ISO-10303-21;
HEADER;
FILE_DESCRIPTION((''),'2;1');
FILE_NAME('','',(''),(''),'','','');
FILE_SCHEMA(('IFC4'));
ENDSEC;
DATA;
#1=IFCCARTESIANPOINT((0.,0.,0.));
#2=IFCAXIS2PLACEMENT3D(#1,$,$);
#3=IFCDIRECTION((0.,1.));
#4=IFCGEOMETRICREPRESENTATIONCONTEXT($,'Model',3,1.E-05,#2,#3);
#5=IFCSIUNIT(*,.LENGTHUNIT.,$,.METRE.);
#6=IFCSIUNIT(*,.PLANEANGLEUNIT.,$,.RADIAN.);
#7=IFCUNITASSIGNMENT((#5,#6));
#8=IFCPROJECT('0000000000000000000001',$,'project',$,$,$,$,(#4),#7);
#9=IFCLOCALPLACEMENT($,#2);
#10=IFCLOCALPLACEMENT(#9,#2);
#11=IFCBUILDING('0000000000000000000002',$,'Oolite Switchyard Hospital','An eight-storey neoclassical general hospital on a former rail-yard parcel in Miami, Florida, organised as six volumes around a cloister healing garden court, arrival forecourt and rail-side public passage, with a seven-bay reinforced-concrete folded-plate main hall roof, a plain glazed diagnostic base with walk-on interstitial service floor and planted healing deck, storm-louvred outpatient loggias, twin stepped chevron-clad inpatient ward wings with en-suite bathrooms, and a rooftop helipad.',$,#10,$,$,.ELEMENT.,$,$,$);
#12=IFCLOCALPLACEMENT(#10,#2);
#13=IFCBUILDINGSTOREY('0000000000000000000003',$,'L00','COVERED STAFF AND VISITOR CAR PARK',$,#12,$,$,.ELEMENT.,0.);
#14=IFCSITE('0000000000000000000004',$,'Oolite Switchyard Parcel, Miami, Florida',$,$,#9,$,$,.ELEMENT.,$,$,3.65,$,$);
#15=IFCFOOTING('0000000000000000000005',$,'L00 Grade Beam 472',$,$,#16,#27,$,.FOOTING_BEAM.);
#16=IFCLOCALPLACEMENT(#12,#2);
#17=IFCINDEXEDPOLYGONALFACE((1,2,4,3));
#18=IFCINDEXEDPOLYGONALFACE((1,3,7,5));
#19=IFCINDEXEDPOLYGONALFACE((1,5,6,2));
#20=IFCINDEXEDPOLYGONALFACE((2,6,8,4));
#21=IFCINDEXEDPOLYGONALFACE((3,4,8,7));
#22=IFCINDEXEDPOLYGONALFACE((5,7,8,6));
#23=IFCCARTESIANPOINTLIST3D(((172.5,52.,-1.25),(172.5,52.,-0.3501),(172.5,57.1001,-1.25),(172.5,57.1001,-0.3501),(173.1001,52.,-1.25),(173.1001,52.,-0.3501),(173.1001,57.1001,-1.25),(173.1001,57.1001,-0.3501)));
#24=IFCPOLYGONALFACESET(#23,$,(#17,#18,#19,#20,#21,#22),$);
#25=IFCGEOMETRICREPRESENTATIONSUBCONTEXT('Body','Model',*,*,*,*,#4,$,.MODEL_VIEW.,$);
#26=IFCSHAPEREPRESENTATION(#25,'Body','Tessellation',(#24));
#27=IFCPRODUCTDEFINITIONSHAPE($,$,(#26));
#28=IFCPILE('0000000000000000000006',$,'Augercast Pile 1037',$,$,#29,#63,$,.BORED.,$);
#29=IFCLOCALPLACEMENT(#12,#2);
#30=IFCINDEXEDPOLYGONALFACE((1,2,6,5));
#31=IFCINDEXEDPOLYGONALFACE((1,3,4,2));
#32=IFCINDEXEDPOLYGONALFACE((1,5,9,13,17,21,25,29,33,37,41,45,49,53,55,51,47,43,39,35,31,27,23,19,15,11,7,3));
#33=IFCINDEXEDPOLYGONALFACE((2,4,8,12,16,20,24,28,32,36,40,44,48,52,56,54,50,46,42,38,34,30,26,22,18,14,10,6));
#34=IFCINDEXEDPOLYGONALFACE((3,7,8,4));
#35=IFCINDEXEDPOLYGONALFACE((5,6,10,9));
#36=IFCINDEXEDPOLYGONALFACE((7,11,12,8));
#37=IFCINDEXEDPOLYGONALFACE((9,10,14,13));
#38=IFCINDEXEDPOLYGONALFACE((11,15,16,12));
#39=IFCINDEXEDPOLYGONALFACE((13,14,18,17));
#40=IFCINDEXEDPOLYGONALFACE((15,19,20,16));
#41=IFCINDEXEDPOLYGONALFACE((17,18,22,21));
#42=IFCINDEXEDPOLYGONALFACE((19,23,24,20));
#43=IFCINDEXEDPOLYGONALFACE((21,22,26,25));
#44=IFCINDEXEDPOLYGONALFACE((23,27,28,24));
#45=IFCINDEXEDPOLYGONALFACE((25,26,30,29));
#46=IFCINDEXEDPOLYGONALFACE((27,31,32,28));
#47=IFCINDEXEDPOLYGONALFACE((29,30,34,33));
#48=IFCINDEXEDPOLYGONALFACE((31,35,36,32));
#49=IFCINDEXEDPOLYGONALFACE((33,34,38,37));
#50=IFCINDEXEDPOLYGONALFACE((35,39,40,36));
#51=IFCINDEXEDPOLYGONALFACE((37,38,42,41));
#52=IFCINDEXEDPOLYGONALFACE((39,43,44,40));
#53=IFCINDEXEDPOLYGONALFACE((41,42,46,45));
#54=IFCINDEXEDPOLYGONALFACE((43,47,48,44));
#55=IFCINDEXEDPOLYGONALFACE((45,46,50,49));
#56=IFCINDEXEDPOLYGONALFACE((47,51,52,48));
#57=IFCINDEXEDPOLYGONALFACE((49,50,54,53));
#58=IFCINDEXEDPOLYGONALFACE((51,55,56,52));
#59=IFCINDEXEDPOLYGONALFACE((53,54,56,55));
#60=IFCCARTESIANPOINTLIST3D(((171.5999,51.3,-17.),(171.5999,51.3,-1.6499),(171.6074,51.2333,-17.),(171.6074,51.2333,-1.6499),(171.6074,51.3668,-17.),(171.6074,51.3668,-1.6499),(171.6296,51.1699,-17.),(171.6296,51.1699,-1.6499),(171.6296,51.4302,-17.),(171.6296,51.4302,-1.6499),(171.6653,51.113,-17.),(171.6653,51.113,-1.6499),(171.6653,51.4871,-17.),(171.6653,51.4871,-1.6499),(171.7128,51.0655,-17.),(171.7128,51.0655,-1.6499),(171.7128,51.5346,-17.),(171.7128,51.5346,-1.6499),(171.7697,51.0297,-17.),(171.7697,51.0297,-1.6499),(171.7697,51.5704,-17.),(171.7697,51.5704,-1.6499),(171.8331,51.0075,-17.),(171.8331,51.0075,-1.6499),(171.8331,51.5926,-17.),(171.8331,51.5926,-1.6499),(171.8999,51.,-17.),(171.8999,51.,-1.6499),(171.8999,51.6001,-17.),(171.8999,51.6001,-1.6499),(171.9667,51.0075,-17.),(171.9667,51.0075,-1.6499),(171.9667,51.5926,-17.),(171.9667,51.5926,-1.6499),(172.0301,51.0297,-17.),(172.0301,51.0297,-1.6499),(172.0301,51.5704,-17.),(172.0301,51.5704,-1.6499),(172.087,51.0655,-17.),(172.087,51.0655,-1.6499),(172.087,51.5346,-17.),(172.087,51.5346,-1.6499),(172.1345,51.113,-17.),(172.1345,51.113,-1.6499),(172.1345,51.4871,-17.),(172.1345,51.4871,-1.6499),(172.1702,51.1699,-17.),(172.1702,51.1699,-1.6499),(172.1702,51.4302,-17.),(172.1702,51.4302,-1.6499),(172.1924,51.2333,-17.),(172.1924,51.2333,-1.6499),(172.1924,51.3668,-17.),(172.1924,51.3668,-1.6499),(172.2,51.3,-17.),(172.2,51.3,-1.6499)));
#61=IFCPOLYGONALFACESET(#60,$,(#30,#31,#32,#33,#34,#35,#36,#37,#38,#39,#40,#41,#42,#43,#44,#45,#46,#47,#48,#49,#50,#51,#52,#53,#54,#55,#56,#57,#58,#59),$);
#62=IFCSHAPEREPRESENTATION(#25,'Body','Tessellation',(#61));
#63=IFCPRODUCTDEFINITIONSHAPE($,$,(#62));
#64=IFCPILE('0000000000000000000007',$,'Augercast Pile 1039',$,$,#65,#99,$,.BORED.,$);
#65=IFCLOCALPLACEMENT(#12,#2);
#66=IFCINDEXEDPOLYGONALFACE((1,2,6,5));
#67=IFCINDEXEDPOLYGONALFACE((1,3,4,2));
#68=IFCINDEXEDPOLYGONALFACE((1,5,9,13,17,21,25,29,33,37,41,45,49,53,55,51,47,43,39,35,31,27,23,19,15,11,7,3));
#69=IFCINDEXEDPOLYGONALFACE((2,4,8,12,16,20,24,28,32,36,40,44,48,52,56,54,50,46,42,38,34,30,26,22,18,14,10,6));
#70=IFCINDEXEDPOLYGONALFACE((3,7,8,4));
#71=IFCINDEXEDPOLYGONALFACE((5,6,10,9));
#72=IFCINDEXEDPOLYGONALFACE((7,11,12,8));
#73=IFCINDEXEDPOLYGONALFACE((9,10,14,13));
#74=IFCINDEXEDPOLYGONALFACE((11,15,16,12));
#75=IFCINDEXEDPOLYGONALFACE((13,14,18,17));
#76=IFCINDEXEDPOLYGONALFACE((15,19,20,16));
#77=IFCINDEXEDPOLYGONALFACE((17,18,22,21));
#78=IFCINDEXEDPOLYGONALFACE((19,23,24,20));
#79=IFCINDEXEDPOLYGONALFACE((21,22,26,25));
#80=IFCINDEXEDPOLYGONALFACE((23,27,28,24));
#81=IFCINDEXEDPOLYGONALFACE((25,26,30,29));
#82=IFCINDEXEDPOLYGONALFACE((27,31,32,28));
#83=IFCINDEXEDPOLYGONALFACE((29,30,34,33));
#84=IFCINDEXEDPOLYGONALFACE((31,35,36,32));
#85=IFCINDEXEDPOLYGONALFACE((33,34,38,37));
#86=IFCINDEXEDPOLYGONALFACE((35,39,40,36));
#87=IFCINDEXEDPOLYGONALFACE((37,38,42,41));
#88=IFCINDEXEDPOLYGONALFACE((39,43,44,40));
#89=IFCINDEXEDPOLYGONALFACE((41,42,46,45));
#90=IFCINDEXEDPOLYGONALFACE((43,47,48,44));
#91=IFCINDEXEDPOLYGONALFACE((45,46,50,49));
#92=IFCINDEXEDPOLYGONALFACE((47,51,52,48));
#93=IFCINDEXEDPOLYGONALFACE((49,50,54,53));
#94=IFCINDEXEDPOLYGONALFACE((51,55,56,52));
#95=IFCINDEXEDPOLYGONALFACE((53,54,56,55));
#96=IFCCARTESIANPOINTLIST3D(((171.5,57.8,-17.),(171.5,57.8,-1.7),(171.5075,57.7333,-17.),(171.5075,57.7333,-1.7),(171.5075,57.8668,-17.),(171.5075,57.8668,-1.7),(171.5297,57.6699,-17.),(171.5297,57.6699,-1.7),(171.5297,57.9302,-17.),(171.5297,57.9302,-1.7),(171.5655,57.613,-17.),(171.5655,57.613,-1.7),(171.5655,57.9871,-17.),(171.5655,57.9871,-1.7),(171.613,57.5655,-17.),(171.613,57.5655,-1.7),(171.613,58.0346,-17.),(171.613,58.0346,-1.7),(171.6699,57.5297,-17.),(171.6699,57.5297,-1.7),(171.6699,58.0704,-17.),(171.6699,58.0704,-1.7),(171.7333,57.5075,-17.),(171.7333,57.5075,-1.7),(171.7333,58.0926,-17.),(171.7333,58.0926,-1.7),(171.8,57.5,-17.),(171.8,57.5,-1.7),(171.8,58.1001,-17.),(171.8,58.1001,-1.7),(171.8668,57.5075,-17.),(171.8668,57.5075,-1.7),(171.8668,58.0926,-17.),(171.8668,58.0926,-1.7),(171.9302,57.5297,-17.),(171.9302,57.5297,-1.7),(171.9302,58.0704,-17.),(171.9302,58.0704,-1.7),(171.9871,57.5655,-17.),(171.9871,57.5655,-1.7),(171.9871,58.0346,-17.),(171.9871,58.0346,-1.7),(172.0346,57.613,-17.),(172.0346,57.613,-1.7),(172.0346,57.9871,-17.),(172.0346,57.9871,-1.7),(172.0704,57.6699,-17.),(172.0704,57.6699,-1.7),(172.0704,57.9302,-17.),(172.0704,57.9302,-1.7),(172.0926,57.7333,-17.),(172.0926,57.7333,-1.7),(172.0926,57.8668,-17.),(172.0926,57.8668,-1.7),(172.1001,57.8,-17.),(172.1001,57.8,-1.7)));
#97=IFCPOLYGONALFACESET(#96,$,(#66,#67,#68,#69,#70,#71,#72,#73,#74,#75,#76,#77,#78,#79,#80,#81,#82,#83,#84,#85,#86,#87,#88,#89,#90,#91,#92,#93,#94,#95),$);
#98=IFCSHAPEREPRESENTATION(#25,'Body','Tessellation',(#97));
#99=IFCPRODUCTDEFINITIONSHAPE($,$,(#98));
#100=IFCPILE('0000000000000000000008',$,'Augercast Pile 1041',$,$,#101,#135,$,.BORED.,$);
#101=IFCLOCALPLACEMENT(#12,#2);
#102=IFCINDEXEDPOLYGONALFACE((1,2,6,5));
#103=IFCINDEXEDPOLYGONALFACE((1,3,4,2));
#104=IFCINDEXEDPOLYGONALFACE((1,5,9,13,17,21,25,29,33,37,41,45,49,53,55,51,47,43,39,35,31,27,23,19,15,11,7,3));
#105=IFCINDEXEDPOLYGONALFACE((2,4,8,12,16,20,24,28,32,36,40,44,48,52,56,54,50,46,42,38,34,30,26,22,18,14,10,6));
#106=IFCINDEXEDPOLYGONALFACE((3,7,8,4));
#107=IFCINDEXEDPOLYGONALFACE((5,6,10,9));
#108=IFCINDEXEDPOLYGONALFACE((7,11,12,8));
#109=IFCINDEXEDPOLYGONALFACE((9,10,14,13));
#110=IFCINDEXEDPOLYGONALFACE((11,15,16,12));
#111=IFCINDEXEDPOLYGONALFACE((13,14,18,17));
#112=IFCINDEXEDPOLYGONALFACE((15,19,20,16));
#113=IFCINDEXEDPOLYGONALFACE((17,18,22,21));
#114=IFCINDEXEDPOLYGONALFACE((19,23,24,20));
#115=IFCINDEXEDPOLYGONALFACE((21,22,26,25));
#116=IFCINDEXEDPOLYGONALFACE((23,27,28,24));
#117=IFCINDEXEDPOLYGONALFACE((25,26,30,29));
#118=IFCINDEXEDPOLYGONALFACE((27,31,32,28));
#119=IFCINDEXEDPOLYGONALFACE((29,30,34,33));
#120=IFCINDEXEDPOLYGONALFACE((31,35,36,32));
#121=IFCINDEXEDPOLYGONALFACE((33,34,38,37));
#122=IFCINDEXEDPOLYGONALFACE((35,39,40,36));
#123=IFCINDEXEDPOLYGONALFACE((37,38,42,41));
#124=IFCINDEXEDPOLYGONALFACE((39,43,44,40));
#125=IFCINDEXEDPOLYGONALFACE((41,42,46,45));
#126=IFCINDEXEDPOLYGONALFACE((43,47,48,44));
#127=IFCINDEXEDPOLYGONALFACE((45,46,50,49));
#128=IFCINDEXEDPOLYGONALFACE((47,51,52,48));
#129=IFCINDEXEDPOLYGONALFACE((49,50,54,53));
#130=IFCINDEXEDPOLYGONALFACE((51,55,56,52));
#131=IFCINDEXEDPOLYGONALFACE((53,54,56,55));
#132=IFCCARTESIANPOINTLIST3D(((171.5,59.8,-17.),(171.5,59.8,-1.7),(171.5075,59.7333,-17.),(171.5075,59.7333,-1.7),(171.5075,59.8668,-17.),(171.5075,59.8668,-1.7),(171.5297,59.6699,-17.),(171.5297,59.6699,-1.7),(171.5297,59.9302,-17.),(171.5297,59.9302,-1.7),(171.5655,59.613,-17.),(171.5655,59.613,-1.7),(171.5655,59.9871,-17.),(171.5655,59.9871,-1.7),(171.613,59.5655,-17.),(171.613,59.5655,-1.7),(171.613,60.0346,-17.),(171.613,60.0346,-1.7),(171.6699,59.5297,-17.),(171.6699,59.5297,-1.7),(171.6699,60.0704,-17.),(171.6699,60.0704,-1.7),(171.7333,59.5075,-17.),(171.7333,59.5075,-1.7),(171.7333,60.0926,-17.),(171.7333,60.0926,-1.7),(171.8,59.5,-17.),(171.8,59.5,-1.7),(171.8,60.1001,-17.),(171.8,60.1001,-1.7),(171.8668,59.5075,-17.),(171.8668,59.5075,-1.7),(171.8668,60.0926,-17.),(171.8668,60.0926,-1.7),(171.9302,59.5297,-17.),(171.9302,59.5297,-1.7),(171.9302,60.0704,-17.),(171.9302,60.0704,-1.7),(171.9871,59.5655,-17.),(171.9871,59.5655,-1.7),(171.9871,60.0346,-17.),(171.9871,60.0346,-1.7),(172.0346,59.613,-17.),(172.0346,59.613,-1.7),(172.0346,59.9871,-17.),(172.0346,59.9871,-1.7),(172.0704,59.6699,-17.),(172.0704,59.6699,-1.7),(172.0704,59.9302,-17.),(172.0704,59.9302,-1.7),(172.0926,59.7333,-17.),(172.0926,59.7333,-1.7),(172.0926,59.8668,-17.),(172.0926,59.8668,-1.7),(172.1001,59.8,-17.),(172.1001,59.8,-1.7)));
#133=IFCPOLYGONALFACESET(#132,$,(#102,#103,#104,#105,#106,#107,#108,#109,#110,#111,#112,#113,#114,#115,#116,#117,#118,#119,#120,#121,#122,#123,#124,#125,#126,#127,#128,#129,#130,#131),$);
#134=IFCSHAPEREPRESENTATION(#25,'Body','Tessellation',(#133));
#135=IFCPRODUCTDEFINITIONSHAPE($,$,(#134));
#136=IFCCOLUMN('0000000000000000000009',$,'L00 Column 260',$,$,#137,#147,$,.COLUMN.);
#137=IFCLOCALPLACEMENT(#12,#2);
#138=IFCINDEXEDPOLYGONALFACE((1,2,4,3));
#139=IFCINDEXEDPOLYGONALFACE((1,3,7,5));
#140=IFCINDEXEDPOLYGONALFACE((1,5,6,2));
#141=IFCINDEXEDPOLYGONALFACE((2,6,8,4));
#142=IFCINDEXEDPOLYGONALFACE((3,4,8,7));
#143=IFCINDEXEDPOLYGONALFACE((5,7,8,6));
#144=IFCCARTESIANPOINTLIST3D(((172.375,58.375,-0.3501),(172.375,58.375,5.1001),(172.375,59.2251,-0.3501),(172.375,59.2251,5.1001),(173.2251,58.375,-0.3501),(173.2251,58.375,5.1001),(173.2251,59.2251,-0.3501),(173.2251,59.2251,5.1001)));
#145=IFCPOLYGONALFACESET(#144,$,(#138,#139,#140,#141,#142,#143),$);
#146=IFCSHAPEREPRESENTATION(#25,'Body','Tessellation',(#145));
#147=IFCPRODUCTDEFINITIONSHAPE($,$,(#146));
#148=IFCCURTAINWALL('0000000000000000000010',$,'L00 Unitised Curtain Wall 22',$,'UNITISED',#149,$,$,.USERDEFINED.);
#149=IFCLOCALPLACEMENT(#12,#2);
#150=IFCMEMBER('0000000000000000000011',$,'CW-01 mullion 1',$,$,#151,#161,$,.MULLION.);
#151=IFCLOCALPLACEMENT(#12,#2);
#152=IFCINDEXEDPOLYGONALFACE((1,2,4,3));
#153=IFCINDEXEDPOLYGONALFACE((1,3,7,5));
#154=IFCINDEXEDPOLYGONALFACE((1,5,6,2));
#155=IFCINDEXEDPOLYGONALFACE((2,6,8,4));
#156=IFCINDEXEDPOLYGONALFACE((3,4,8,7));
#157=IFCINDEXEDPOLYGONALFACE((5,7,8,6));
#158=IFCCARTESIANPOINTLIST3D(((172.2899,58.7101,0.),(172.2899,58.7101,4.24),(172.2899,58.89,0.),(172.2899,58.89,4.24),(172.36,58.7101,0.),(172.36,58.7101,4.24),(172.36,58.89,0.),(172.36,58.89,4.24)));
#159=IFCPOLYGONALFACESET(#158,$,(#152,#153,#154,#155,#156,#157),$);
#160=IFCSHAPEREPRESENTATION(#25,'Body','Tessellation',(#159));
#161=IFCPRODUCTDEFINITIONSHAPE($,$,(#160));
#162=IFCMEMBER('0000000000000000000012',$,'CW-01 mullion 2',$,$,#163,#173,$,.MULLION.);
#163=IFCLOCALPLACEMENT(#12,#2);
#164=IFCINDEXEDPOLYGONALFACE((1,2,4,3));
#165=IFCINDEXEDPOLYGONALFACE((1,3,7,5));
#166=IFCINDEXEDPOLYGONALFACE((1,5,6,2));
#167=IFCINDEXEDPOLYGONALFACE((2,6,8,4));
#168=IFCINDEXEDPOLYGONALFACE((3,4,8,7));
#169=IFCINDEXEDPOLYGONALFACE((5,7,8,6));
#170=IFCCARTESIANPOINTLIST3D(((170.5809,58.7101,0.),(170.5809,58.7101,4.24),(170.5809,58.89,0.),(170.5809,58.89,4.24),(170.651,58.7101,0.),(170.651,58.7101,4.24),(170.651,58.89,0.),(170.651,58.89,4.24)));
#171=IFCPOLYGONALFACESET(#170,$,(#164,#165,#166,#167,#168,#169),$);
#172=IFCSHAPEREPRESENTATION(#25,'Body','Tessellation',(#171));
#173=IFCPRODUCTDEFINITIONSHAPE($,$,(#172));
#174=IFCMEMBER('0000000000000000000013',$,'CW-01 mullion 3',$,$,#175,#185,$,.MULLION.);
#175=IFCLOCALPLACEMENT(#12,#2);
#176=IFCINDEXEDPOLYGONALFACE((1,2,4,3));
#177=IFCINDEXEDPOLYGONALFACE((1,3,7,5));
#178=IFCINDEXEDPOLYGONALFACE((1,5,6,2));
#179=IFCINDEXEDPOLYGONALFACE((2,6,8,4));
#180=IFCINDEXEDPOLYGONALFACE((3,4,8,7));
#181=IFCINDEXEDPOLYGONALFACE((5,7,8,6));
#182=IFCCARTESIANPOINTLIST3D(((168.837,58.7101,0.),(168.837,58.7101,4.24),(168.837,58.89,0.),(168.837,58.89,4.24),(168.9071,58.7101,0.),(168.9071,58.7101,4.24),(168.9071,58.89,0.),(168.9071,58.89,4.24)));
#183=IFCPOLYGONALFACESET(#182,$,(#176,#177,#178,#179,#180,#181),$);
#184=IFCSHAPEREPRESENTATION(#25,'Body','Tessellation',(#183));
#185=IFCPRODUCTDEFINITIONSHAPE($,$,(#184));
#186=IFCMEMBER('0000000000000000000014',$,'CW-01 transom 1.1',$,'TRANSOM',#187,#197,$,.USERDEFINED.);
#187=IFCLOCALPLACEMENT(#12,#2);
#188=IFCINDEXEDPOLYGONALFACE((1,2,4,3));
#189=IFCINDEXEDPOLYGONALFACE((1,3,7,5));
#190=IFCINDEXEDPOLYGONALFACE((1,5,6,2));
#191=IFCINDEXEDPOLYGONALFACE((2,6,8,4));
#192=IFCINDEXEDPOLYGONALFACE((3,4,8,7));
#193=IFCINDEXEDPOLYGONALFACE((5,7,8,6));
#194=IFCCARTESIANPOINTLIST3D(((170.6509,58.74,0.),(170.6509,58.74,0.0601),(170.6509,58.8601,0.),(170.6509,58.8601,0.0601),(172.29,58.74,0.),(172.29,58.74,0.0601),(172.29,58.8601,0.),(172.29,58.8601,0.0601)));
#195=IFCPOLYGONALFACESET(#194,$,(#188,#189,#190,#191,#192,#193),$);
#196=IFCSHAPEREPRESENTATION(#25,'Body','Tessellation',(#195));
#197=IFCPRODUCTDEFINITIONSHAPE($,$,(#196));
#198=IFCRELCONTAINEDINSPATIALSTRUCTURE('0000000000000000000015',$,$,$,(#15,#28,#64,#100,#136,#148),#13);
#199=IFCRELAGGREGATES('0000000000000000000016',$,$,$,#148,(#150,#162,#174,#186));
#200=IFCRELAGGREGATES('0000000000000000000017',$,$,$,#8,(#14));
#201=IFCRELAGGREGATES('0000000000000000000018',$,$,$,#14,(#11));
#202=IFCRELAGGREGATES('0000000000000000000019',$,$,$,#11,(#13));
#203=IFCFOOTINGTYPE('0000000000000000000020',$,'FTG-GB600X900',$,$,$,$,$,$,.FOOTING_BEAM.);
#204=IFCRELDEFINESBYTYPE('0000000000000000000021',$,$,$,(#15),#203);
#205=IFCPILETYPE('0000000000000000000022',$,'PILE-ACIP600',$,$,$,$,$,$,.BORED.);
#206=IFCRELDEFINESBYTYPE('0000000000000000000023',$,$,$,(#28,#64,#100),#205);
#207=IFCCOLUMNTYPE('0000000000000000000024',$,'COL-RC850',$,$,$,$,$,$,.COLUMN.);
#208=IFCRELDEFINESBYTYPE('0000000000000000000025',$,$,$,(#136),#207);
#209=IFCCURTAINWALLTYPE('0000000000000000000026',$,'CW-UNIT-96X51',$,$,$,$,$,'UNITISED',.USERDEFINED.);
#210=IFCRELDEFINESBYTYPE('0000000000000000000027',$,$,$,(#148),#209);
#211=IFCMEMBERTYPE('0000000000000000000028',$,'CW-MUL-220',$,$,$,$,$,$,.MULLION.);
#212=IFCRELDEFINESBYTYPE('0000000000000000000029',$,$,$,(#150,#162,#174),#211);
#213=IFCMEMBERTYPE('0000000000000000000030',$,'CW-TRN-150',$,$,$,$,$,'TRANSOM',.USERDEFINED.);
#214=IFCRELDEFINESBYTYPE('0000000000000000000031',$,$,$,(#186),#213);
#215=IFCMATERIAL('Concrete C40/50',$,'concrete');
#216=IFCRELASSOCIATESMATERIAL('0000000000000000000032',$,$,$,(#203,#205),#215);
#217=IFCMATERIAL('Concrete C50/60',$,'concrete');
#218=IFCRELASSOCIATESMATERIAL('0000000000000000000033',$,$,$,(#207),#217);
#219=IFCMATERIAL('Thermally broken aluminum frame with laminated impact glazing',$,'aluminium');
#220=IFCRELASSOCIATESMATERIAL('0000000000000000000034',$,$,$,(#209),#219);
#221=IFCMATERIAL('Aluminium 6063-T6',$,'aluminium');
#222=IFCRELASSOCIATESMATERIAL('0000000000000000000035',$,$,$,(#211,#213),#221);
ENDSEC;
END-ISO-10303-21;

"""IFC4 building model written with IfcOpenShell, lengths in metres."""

from ifc_helpers import new_model, si_unit, direction, frame, origin, origin_2d, place, context, subcontext, project, spatial, rectangle, circle, extrude, material, material_profile, profile_set, type_object, element, aggregate, save


model = new_model("IFC4")

# Units and contexts
model_context = context("Model", 3, precision=1e-05, world=origin(), true_north=direction((0.0, 1.0)))
body_context = subcontext(model_context, "Body", "Model", "MODEL_VIEW")
ifc_project = project(units=[si_unit("LENGTHUNIT", "METRE"), si_unit("PLANEANGLEUNIT", "RADIAN")], contexts=[model_context])

# Site, building, storey
site_placement = place(None, origin())
site = spatial("IfcSite", under=ifc_project, at=site_placement, Name="Oolite Switchyard Parcel, Miami, Florida", CompositionType="ELEMENT", RefElevation=3.65)
building_placement = place(site_placement, origin())
building = spatial("IfcBuilding", under=site, at=building_placement, Name="Oolite Switchyard Hospital", Description="An eight-storey neoclassical general hospital on a former rail-yard parcel in Miami, Florida, organised as six volumes around a cloister healing garden court, arrival forecourt and rail-side public passage, with a seven-bay reinforced-concrete folded-plate main hall roof, a plain glazed diagnostic base with walk-on interstitial service floor and planted healing deck, storm-louvred outpatient loggias, twin stepped chevron-clad inpatient ward wings with en-suite bathrooms, and a rooftop helipad.", CompositionType="ELEMENT")
storey_placement = place(building_placement, origin())
storey = spatial("IfcBuildingStorey", under=building, at=storey_placement, Name="L00", Description="COVERED STAFF AND VISITOR CAR PARK", CompositionType="ELEMENT", Elevation=0.0)

# Footing
ifc_material_1 = material(Name="Concrete C40/50", Category="concrete")
footing_type = type_object("IfcFootingType", Name="FTG-GB600X900", PredefinedType="FOOTING_BEAM", material=ifc_material_1)
footing_placement = place(storey_placement, frame((172.8, 54.55, -1.25), z_axis=(0.0, 0.0, 1.0), x_axis=(0.0, 1.0, 0.0)))
element("IfcFooting", 1, at=footing_placement, inside=storey, type_object=footing_type, Name="L00 Grade Beam 472", PredefinedType="FOOTING_BEAM", context=body_context, shape_type="SweptSolid", body=[
    extrude(rectangle(XDim=5.1001, YDim=0.6001, at=origin_2d()), origin(), (0.0, 0.0, 1.0), 0.8999),
])

# Piles
ifc_material_profile_1 = material_profile(ifc_material_1, circle(Radius=0.3, at=origin_2d()), Name="PILE600")
ifc_profile_set_1 = profile_set([ifc_material_profile_1], Name="Concrete C40/50")
pile_type = type_object("IfcPileType", Name="PILE-ACIP600", PredefinedType="BORED", material=ifc_profile_set_1)
pile_placement = place(storey_placement, frame((171.8999, 51.3, -1.6499), z_axis=(0.0, 0.0, -1.0), x_axis=(1.0, 0.0, 0.0)))
element("IfcPile", 2, at=pile_placement, inside=storey, type_object=pile_type, Name="Augercast Pile 1037", PredefinedType="BORED", context=body_context, shape_type="SweptSolid", body=[
    extrude(circle(Radius=0.3, at=origin_2d()), origin(), (0.0, 0.0, 1.0), 15.3501),
])
for number, where, z_axis, x_axis, name in (
    (3, (171.8, 57.8, -1.7), (0.0, 0.0, -1.0), (1.0, 0.0, 0.0), "Augercast Pile 1039"),
    (4, (171.8, 59.8, -1.7), (0.0, 0.0, -1.0), (1.0, 0.0, 0.0), "Augercast Pile 1041"),
):
    element("IfcPile", number, at=place(storey_placement, frame(where, z_axis=z_axis, x_axis=x_axis)), inside=storey, type_object=pile_type, Name=name, PredefinedType="BORED", context=body_context, shape_type="SweptSolid", body=[
        extrude(circle(Radius=0.3, at=origin_2d()), origin(), (0.0, 0.0, 1.0), 15.3),
    ])

# Column
ifc_material_2 = material(Name="Concrete C50/60", Category="concrete")
ifc_material_profile_2 = material_profile(ifc_material_2, rectangle(XDim=0.8501, YDim=0.8501, at=origin_2d()), Name="RC850X850")
ifc_profile_set_2 = profile_set([ifc_material_profile_2], Name="Concrete C50/60")
column_type = type_object("IfcColumnType", Name="COL-RC850", PredefinedType="COLUMN", material=ifc_profile_set_2)
column_placement = place(storey_placement, frame((172.8, 58.8, -0.3501), z_axis=(0.0, 0.0, 1.0), x_axis=(1.0, 0.0, 0.0)))
element("IfcColumn", 5, at=column_placement, inside=storey, type_object=column_type, Name="L00 Column 260", PredefinedType="COLUMN", context=body_context, shape_type="SweptSolid", body=[
    extrude(rectangle(XDim=0.8501, YDim=0.8501, at=origin_2d()), origin(), (0.0, 0.0, 1.0), 5.4502),
])

# Curtain wall, members
ifc_material_3 = material(Name="Thermally broken aluminum frame with laminated impact glazing", Category="aluminium")
curtain_wall_type = type_object("IfcCurtainWallType", Name="CW-UNIT-96X51", ElementType="UNITISED", PredefinedType="USERDEFINED", material=ifc_material_3)
curtain_wall_placement = place(storey_placement, origin())
curtain_wall = element("IfcCurtainWall", 6, at=curtain_wall_placement, inside=storey, type_object=curtain_wall_type, Name="L00 Unitised Curtain Wall 22", ObjectType="UNITISED", PredefinedType="USERDEFINED")
ifc_material_4 = material(Name="Aluminium 6063-T6", Category="aluminium")
ifc_material_profile_3 = material_profile(ifc_material_4, rectangle(XDim=0.1799, YDim=0.0701, at=origin_2d()), Name="CWM70X180")
ifc_profile_set_3 = profile_set([ifc_material_profile_3], Name="Aluminium 6063-T6")
member_type_1 = type_object("IfcMemberType", Name="CW-MUL-220", PredefinedType="MULLION", material=ifc_profile_set_3)
member_1_placement = place(storey_placement, frame((172.325, 58.8, 0.0), z_axis=(0.0, 0.0, 1.0), x_axis=(0.0, -1.0, 0.0)))
member_1 = element("IfcMember", 7, at=member_1_placement, type_object=member_type_1, Name="CW-01 mullion 1", PredefinedType="MULLION", context=body_context, shape_type="SweptSolid", body=[
    extrude(rectangle(XDim=0.1799, YDim=0.0701, at=origin_2d()), origin(), (0.0, 0.0, 1.0), 4.24),
])
member_2_placement = place(storey_placement, frame((170.616, 58.8, 0.0), z_axis=(0.0, 0.0, 1.0), x_axis=(0.0, -1.0, 0.0)))
member_2 = element("IfcMember", 8, at=member_2_placement, type_object=member_type_1, Name="CW-01 mullion 2", PredefinedType="MULLION", context=body_context, shape_type="SweptSolid", body=[
    extrude(rectangle(XDim=0.1799, YDim=0.0701, at=origin_2d()), origin(), (0.0, 0.0, 1.0), 4.24),
])
member_3_placement = place(storey_placement, frame((168.8721, 58.8, 0.0), z_axis=(0.0, 0.0, 1.0), x_axis=(0.0, -1.0, 0.0)))
member_3 = element("IfcMember", 9, at=member_3_placement, type_object=member_type_1, Name="CW-01 mullion 3", PredefinedType="MULLION", context=body_context, shape_type="SweptSolid", body=[
    extrude(rectangle(XDim=0.1799, YDim=0.0701, at=origin_2d()), origin(), (0.0, 0.0, 1.0), 4.24),
])
ifc_material_profile_4 = material_profile(ifc_material_4, rectangle(XDim=0.1201, YDim=0.0601, at=origin_2d()), Name="CWT60X120")
ifc_profile_set_4 = profile_set([ifc_material_profile_4], Name="Aluminium 6063-T6")
member_type_2 = type_object("IfcMemberType", Name="CW-TRN-150", ElementType="TRANSOM", PredefinedType="USERDEFINED", material=ifc_profile_set_4)
member_4_placement = place(storey_placement, frame((172.29, 58.8, 0.03), z_axis=(-1.0, 0.0, 0.0), x_axis=(0.0, -1.0, 0.0)))
member_4 = element("IfcMember", 10, at=member_4_placement, type_object=member_type_2, Name="CW-01 transom 1.1", ObjectType="TRANSOM", PredefinedType="USERDEFINED", context=body_context, shape_type="SweptSolid", body=[
    extrude(rectangle(XDim=0.1201, YDim=0.0601, at=origin_2d()), origin(), (0.0, 0.0, 1.0), 1.6392),
])
aggregate(curtain_wall, [member_1, member_2, member_3, member_4])

save(model, "model.ifc")
